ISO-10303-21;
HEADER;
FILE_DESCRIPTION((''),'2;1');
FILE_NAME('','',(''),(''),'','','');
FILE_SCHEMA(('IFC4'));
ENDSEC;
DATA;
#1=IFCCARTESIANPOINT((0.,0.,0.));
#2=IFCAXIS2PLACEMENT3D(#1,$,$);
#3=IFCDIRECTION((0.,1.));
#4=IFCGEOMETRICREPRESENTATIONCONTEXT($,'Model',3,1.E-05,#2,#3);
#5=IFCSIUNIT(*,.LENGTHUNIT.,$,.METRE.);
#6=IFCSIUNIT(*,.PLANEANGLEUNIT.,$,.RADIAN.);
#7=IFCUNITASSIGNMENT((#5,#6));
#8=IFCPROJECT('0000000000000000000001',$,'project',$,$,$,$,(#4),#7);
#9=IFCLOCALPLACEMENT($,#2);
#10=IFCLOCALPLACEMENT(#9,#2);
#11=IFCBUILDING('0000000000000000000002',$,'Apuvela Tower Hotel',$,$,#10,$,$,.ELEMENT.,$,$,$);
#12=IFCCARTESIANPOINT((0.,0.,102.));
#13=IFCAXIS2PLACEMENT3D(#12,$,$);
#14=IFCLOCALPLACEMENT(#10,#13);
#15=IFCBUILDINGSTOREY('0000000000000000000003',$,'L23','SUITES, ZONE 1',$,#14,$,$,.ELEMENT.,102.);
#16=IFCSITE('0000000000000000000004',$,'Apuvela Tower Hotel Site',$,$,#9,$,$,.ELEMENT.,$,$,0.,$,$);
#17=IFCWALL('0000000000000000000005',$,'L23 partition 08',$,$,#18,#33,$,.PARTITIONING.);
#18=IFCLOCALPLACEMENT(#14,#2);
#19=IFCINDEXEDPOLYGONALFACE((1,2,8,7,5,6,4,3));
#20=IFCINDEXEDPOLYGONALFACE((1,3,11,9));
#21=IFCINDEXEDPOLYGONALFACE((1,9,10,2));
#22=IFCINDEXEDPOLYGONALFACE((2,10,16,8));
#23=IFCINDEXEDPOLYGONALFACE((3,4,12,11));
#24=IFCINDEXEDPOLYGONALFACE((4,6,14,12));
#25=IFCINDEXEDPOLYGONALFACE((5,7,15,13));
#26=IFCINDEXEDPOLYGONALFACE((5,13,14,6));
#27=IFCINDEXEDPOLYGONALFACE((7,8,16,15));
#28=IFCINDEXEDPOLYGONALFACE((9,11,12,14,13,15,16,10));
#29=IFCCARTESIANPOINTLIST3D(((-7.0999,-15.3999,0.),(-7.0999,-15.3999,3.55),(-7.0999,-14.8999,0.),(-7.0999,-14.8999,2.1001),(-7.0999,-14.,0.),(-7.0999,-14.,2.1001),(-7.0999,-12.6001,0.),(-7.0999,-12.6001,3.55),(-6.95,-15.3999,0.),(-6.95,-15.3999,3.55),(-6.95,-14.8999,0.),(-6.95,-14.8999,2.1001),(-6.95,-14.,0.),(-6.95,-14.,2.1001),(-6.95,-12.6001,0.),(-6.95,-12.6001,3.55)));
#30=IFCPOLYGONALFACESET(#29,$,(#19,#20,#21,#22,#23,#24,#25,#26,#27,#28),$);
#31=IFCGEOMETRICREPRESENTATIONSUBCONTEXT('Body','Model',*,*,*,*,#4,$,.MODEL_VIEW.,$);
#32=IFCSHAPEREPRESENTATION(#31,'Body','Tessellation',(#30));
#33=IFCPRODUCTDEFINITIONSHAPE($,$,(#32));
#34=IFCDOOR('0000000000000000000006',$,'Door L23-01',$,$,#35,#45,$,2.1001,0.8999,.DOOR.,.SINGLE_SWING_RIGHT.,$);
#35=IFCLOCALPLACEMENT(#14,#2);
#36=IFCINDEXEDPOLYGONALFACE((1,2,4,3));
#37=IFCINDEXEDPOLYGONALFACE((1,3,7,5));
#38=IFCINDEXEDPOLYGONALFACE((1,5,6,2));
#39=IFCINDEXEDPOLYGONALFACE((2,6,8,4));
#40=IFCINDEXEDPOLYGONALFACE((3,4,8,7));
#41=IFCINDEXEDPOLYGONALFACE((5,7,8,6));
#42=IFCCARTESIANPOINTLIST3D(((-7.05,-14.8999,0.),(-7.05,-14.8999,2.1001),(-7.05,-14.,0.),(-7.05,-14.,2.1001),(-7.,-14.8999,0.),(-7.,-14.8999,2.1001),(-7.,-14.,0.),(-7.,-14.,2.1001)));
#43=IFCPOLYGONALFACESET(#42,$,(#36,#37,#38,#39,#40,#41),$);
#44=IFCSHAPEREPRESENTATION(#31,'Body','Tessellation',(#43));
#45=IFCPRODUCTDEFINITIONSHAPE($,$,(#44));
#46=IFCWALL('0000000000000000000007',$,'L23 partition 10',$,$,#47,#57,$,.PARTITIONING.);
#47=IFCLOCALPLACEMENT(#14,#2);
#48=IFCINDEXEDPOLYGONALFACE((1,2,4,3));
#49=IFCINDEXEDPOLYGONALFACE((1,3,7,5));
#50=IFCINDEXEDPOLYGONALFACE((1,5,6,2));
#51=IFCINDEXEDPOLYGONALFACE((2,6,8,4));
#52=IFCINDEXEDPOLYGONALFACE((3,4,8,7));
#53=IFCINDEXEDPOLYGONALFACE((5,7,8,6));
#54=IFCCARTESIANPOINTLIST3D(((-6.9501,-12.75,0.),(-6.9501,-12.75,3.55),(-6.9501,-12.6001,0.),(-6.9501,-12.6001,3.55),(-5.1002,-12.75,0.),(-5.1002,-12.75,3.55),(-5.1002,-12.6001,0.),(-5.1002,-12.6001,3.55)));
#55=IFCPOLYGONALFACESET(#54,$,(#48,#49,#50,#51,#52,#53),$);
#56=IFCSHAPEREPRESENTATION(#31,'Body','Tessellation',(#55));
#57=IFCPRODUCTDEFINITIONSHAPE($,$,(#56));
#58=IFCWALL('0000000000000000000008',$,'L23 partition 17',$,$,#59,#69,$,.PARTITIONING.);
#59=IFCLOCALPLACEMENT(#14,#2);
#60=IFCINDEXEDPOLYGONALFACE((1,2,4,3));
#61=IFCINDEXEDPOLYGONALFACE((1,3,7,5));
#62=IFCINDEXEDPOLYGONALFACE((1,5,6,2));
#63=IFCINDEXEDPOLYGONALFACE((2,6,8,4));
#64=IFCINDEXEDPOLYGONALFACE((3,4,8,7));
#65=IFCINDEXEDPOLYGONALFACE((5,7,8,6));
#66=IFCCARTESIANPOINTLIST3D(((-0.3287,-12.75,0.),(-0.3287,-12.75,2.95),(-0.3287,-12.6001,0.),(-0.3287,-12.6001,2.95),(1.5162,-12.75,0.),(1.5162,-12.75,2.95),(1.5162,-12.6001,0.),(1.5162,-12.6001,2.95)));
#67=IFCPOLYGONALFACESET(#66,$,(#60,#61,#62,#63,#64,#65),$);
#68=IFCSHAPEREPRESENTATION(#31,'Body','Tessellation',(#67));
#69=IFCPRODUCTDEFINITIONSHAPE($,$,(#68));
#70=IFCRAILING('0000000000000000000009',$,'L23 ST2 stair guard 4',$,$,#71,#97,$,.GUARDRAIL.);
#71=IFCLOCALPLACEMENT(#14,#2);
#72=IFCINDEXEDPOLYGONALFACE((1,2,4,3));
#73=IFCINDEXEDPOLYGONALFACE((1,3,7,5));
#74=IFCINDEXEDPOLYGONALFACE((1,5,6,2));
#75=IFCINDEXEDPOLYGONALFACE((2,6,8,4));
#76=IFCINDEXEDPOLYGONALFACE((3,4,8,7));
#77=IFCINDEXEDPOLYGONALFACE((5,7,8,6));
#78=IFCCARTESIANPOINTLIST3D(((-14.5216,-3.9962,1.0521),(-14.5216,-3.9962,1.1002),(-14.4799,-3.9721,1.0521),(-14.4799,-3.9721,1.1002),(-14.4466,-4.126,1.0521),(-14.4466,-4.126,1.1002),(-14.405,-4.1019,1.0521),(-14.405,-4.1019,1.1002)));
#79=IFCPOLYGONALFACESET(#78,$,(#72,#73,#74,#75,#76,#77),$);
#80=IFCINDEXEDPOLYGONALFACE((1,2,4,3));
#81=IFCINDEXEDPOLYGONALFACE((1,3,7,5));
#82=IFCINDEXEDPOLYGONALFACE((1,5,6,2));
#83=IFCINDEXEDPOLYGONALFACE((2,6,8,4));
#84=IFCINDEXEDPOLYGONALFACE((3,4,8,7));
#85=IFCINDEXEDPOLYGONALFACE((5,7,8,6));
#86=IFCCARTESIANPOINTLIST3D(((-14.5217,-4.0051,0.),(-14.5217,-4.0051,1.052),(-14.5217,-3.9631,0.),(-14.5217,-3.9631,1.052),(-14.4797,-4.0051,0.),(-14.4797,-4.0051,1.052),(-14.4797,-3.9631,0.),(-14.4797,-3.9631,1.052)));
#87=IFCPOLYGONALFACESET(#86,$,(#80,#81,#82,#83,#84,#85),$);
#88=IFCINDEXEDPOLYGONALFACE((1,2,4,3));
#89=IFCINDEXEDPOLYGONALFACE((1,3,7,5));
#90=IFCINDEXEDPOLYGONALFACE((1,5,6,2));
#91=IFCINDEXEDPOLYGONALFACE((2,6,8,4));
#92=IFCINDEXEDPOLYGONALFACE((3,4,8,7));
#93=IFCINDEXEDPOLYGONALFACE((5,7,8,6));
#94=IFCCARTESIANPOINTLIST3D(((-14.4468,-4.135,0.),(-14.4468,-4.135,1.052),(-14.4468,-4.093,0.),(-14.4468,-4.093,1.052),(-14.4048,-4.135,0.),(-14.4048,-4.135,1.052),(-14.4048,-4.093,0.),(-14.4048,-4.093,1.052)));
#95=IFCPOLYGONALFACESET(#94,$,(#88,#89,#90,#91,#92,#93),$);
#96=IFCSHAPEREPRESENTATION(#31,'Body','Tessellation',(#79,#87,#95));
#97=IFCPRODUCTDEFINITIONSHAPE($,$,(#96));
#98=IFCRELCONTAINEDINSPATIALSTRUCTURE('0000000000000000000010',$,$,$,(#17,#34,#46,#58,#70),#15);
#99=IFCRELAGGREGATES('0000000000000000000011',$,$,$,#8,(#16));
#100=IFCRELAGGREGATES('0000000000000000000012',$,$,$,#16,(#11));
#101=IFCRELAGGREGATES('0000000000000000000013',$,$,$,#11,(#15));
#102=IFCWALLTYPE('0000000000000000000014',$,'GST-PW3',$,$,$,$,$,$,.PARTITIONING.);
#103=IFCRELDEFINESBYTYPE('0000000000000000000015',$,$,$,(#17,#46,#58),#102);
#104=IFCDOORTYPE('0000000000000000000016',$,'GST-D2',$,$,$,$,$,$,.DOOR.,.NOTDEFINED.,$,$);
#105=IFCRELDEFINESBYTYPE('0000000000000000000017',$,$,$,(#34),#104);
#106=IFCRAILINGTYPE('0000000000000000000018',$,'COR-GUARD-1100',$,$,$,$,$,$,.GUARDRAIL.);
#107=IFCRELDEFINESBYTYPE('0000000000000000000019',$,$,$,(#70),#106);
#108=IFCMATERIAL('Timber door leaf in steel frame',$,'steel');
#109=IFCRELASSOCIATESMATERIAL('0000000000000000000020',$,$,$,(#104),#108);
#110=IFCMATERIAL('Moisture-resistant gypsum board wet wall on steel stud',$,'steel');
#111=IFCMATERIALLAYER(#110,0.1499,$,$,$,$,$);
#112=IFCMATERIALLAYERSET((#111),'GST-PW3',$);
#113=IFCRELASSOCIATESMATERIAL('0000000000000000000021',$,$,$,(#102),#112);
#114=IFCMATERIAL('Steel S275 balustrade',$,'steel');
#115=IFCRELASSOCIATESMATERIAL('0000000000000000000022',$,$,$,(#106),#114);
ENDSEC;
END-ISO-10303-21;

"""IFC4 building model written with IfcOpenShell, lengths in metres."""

from ifc_helpers import new_model, si_unit, direction, frame, frame_2d, origin, origin_2d, place, context, subcontext, project, spatial, rectangle, extrude, material, layer, layer_set, type_object, element, fill, save


model = new_model("IFC4")

# Units and contexts
model_context = context("Model", 3, precision=1e-05, world=origin(), true_north=direction((0.0, 1.0)))
body_context = subcontext(model_context, "Body", "Model", "MODEL_VIEW")
ifc_project = project(units=[si_unit("LENGTHUNIT", "METRE"), si_unit("PLANEANGLEUNIT", "RADIAN")], contexts=[model_context])

# Site, building, storey
site_placement = place(None, origin())
site = spatial("IfcSite", under=ifc_project, at=site_placement, Name="Apuvela Tower Hotel Site", CompositionType="ELEMENT", RefElevation=0.0)
building_placement = place(site_placement, origin())
building = spatial("IfcBuilding", under=site, at=building_placement, Name="Apuvela Tower Hotel", CompositionType="ELEMENT")
storey_placement = place(building_placement, frame((0.0, 0.0, 102.0)))
storey = spatial("IfcBuildingStorey", under=building, at=storey_placement, Name="L23", Description="SUITES, ZONE 1", CompositionType="ELEMENT", Elevation=102.0)

# Wall, opening, door
ifc_material_1 = material(Name="Timber door leaf in steel frame", Category="steel")
door_type_1 = type_object("IfcDoorType", Name="GST-D2", OperationType="NOTDEFINED", PredefinedType="DOOR", material=ifc_material_1)
ifc_material_2 = material(Name="Moisture-resistant gypsum board wet wall on steel stud", Category="steel")
ifc_layer_1 = layer(ifc_material_2, 0.1499)
ifc_layer_set_1 = layer_set([ifc_layer_1], Name="GST-PW3")
wall_type_1 = type_object("IfcWallType", Name="GST-PW3", PredefinedType="PARTITIONING", material=ifc_layer_set_1)
wall_1_placement = place(storey_placement, frame((-7.0249, -12.6001, 0.0), z_axis=(0.0, 0.0, 1.0), x_axis=(0.0, -1.0, 0.0)))
wall_1 = element("IfcWall", 1, at=wall_1_placement, inside=storey, type_object=wall_type_1, Name="L23 partition 08", PredefinedType="PARTITIONING", context=body_context, shape_type="SweptSolid", body=[
    extrude(rectangle(XDim=2.7998, YDim=0.1499, at=frame_2d((1.3999, 0.0))), origin(), (0.0, 0.0, 1.0), 3.55),
])
opening_1_placement = place(wall_1_placement, frame((1.3999, 0.0, 0.0)))
opening_1 = element("IfcOpeningElement", 2, at=opening_1_placement, cuts=wall_1, PredefinedType="OPENING", context=body_context, shape_type="SweptSolid", body=[
    extrude(rectangle(XDim=0.8999, YDim=2.1001, at=frame_2d((0.45, 1.05))), frame((0.0, 0.085, 0.0), z_axis=(0.0, -1.0, 0.0), x_axis=(1.0, 0.0, 0.0)), (0.0, 0.0, 1.0), 0.1699),
])
door_1_placement = place(opening_1_placement, origin())
door_1 = element("IfcDoor", 3, at=door_1_placement, inside=storey, type_object=door_type_1, Name="Door L23-01", OperationType="SINGLE_SWING_RIGHT", OverallHeight=2.1001, OverallWidth=0.8999, PredefinedType="DOOR", context=body_context, shape_type="SweptSolid", body=[
    extrude(rectangle(XDim=0.8999, YDim=2.1001, at=frame_2d((0.45, 1.05))), frame((0.0, 0.0249, 0.0), z_axis=(0.0, -1.0, 0.0), x_axis=(1.0, 0.0, 0.0)), (0.0, 0.0, 1.0), 0.05),
])
fill(opening_1, door_1)

# Walls
wall_2_placement = place(storey_placement, frame((-6.95, -12.675, 0.0), z_axis=(0.0, 0.0, 1.0), x_axis=(1.0, 0.0, 0.0)))
element("IfcWall", 4, at=wall_2_placement, inside=storey, type_object=wall_type_1, Name="L23 partition 10", PredefinedType="PARTITIONING", context=body_context, shape_type="SweptSolid", body=[
    extrude(rectangle(XDim=1.8499, YDim=0.1499, at=frame_2d((0.9248, 0.0))), origin(), (0.0, 0.0, 1.0), 3.55),
])
wall_3_placement = place(storey_placement, frame((-0.3286, -12.675, 0.0), z_axis=(0.0, 0.0, 1.0), x_axis=(1.0, 0.0, 0.0)))
element("IfcWall", 5, at=wall_3_placement, inside=storey, type_object=wall_type_1, Name="L23 partition 17", PredefinedType="PARTITIONING", context=body_context, shape_type="SweptSolid", body=[
    extrude(rectangle(XDim=1.845, YDim=0.1499, at=frame_2d((0.9224, 0.0))), origin(), (0.0, 0.0, 1.0), 2.95),
])

# Railing
ifc_material_3 = material(Name="Steel S275 balustrade", Category="steel")
railing_type = type_object("IfcRailingType", Name="COR-GUARD-1100", PredefinedType="GUARDRAIL", material=ifc_material_3)
railing_placement = place(storey_placement, frame((-14.5007, -3.9841, 0.0)))
element("IfcRailing", 6, at=railing_placement, inside=storey, type_object=railing_type, Name="L23 ST2 stair guard 4", PredefinedType="GUARDRAIL", context=body_context, shape_type="SweptSolid", body=[
    extrude(rectangle(XDim=0.0481, YDim=0.0481, at=origin_2d()), frame((0.0, 0.0, 1.0762), z_axis=(0.499816, -0.866131, 0.0), x_axis=(0.866131, 0.499816, 0.0)), (0.0, 0.0, 1.0), 0.1499),
    extrude(rectangle(XDim=0.042, YDim=0.042, at=origin_2d()), origin(), (0.0, 0.0, 1.0), 1.052),
    extrude(rectangle(XDim=0.042, YDim=0.042, at=origin_2d()), frame((0.075, -0.1299, 0.0)), (0.0, 0.0, 1.0), 1.052),
])

save(model, "model.ifc")
